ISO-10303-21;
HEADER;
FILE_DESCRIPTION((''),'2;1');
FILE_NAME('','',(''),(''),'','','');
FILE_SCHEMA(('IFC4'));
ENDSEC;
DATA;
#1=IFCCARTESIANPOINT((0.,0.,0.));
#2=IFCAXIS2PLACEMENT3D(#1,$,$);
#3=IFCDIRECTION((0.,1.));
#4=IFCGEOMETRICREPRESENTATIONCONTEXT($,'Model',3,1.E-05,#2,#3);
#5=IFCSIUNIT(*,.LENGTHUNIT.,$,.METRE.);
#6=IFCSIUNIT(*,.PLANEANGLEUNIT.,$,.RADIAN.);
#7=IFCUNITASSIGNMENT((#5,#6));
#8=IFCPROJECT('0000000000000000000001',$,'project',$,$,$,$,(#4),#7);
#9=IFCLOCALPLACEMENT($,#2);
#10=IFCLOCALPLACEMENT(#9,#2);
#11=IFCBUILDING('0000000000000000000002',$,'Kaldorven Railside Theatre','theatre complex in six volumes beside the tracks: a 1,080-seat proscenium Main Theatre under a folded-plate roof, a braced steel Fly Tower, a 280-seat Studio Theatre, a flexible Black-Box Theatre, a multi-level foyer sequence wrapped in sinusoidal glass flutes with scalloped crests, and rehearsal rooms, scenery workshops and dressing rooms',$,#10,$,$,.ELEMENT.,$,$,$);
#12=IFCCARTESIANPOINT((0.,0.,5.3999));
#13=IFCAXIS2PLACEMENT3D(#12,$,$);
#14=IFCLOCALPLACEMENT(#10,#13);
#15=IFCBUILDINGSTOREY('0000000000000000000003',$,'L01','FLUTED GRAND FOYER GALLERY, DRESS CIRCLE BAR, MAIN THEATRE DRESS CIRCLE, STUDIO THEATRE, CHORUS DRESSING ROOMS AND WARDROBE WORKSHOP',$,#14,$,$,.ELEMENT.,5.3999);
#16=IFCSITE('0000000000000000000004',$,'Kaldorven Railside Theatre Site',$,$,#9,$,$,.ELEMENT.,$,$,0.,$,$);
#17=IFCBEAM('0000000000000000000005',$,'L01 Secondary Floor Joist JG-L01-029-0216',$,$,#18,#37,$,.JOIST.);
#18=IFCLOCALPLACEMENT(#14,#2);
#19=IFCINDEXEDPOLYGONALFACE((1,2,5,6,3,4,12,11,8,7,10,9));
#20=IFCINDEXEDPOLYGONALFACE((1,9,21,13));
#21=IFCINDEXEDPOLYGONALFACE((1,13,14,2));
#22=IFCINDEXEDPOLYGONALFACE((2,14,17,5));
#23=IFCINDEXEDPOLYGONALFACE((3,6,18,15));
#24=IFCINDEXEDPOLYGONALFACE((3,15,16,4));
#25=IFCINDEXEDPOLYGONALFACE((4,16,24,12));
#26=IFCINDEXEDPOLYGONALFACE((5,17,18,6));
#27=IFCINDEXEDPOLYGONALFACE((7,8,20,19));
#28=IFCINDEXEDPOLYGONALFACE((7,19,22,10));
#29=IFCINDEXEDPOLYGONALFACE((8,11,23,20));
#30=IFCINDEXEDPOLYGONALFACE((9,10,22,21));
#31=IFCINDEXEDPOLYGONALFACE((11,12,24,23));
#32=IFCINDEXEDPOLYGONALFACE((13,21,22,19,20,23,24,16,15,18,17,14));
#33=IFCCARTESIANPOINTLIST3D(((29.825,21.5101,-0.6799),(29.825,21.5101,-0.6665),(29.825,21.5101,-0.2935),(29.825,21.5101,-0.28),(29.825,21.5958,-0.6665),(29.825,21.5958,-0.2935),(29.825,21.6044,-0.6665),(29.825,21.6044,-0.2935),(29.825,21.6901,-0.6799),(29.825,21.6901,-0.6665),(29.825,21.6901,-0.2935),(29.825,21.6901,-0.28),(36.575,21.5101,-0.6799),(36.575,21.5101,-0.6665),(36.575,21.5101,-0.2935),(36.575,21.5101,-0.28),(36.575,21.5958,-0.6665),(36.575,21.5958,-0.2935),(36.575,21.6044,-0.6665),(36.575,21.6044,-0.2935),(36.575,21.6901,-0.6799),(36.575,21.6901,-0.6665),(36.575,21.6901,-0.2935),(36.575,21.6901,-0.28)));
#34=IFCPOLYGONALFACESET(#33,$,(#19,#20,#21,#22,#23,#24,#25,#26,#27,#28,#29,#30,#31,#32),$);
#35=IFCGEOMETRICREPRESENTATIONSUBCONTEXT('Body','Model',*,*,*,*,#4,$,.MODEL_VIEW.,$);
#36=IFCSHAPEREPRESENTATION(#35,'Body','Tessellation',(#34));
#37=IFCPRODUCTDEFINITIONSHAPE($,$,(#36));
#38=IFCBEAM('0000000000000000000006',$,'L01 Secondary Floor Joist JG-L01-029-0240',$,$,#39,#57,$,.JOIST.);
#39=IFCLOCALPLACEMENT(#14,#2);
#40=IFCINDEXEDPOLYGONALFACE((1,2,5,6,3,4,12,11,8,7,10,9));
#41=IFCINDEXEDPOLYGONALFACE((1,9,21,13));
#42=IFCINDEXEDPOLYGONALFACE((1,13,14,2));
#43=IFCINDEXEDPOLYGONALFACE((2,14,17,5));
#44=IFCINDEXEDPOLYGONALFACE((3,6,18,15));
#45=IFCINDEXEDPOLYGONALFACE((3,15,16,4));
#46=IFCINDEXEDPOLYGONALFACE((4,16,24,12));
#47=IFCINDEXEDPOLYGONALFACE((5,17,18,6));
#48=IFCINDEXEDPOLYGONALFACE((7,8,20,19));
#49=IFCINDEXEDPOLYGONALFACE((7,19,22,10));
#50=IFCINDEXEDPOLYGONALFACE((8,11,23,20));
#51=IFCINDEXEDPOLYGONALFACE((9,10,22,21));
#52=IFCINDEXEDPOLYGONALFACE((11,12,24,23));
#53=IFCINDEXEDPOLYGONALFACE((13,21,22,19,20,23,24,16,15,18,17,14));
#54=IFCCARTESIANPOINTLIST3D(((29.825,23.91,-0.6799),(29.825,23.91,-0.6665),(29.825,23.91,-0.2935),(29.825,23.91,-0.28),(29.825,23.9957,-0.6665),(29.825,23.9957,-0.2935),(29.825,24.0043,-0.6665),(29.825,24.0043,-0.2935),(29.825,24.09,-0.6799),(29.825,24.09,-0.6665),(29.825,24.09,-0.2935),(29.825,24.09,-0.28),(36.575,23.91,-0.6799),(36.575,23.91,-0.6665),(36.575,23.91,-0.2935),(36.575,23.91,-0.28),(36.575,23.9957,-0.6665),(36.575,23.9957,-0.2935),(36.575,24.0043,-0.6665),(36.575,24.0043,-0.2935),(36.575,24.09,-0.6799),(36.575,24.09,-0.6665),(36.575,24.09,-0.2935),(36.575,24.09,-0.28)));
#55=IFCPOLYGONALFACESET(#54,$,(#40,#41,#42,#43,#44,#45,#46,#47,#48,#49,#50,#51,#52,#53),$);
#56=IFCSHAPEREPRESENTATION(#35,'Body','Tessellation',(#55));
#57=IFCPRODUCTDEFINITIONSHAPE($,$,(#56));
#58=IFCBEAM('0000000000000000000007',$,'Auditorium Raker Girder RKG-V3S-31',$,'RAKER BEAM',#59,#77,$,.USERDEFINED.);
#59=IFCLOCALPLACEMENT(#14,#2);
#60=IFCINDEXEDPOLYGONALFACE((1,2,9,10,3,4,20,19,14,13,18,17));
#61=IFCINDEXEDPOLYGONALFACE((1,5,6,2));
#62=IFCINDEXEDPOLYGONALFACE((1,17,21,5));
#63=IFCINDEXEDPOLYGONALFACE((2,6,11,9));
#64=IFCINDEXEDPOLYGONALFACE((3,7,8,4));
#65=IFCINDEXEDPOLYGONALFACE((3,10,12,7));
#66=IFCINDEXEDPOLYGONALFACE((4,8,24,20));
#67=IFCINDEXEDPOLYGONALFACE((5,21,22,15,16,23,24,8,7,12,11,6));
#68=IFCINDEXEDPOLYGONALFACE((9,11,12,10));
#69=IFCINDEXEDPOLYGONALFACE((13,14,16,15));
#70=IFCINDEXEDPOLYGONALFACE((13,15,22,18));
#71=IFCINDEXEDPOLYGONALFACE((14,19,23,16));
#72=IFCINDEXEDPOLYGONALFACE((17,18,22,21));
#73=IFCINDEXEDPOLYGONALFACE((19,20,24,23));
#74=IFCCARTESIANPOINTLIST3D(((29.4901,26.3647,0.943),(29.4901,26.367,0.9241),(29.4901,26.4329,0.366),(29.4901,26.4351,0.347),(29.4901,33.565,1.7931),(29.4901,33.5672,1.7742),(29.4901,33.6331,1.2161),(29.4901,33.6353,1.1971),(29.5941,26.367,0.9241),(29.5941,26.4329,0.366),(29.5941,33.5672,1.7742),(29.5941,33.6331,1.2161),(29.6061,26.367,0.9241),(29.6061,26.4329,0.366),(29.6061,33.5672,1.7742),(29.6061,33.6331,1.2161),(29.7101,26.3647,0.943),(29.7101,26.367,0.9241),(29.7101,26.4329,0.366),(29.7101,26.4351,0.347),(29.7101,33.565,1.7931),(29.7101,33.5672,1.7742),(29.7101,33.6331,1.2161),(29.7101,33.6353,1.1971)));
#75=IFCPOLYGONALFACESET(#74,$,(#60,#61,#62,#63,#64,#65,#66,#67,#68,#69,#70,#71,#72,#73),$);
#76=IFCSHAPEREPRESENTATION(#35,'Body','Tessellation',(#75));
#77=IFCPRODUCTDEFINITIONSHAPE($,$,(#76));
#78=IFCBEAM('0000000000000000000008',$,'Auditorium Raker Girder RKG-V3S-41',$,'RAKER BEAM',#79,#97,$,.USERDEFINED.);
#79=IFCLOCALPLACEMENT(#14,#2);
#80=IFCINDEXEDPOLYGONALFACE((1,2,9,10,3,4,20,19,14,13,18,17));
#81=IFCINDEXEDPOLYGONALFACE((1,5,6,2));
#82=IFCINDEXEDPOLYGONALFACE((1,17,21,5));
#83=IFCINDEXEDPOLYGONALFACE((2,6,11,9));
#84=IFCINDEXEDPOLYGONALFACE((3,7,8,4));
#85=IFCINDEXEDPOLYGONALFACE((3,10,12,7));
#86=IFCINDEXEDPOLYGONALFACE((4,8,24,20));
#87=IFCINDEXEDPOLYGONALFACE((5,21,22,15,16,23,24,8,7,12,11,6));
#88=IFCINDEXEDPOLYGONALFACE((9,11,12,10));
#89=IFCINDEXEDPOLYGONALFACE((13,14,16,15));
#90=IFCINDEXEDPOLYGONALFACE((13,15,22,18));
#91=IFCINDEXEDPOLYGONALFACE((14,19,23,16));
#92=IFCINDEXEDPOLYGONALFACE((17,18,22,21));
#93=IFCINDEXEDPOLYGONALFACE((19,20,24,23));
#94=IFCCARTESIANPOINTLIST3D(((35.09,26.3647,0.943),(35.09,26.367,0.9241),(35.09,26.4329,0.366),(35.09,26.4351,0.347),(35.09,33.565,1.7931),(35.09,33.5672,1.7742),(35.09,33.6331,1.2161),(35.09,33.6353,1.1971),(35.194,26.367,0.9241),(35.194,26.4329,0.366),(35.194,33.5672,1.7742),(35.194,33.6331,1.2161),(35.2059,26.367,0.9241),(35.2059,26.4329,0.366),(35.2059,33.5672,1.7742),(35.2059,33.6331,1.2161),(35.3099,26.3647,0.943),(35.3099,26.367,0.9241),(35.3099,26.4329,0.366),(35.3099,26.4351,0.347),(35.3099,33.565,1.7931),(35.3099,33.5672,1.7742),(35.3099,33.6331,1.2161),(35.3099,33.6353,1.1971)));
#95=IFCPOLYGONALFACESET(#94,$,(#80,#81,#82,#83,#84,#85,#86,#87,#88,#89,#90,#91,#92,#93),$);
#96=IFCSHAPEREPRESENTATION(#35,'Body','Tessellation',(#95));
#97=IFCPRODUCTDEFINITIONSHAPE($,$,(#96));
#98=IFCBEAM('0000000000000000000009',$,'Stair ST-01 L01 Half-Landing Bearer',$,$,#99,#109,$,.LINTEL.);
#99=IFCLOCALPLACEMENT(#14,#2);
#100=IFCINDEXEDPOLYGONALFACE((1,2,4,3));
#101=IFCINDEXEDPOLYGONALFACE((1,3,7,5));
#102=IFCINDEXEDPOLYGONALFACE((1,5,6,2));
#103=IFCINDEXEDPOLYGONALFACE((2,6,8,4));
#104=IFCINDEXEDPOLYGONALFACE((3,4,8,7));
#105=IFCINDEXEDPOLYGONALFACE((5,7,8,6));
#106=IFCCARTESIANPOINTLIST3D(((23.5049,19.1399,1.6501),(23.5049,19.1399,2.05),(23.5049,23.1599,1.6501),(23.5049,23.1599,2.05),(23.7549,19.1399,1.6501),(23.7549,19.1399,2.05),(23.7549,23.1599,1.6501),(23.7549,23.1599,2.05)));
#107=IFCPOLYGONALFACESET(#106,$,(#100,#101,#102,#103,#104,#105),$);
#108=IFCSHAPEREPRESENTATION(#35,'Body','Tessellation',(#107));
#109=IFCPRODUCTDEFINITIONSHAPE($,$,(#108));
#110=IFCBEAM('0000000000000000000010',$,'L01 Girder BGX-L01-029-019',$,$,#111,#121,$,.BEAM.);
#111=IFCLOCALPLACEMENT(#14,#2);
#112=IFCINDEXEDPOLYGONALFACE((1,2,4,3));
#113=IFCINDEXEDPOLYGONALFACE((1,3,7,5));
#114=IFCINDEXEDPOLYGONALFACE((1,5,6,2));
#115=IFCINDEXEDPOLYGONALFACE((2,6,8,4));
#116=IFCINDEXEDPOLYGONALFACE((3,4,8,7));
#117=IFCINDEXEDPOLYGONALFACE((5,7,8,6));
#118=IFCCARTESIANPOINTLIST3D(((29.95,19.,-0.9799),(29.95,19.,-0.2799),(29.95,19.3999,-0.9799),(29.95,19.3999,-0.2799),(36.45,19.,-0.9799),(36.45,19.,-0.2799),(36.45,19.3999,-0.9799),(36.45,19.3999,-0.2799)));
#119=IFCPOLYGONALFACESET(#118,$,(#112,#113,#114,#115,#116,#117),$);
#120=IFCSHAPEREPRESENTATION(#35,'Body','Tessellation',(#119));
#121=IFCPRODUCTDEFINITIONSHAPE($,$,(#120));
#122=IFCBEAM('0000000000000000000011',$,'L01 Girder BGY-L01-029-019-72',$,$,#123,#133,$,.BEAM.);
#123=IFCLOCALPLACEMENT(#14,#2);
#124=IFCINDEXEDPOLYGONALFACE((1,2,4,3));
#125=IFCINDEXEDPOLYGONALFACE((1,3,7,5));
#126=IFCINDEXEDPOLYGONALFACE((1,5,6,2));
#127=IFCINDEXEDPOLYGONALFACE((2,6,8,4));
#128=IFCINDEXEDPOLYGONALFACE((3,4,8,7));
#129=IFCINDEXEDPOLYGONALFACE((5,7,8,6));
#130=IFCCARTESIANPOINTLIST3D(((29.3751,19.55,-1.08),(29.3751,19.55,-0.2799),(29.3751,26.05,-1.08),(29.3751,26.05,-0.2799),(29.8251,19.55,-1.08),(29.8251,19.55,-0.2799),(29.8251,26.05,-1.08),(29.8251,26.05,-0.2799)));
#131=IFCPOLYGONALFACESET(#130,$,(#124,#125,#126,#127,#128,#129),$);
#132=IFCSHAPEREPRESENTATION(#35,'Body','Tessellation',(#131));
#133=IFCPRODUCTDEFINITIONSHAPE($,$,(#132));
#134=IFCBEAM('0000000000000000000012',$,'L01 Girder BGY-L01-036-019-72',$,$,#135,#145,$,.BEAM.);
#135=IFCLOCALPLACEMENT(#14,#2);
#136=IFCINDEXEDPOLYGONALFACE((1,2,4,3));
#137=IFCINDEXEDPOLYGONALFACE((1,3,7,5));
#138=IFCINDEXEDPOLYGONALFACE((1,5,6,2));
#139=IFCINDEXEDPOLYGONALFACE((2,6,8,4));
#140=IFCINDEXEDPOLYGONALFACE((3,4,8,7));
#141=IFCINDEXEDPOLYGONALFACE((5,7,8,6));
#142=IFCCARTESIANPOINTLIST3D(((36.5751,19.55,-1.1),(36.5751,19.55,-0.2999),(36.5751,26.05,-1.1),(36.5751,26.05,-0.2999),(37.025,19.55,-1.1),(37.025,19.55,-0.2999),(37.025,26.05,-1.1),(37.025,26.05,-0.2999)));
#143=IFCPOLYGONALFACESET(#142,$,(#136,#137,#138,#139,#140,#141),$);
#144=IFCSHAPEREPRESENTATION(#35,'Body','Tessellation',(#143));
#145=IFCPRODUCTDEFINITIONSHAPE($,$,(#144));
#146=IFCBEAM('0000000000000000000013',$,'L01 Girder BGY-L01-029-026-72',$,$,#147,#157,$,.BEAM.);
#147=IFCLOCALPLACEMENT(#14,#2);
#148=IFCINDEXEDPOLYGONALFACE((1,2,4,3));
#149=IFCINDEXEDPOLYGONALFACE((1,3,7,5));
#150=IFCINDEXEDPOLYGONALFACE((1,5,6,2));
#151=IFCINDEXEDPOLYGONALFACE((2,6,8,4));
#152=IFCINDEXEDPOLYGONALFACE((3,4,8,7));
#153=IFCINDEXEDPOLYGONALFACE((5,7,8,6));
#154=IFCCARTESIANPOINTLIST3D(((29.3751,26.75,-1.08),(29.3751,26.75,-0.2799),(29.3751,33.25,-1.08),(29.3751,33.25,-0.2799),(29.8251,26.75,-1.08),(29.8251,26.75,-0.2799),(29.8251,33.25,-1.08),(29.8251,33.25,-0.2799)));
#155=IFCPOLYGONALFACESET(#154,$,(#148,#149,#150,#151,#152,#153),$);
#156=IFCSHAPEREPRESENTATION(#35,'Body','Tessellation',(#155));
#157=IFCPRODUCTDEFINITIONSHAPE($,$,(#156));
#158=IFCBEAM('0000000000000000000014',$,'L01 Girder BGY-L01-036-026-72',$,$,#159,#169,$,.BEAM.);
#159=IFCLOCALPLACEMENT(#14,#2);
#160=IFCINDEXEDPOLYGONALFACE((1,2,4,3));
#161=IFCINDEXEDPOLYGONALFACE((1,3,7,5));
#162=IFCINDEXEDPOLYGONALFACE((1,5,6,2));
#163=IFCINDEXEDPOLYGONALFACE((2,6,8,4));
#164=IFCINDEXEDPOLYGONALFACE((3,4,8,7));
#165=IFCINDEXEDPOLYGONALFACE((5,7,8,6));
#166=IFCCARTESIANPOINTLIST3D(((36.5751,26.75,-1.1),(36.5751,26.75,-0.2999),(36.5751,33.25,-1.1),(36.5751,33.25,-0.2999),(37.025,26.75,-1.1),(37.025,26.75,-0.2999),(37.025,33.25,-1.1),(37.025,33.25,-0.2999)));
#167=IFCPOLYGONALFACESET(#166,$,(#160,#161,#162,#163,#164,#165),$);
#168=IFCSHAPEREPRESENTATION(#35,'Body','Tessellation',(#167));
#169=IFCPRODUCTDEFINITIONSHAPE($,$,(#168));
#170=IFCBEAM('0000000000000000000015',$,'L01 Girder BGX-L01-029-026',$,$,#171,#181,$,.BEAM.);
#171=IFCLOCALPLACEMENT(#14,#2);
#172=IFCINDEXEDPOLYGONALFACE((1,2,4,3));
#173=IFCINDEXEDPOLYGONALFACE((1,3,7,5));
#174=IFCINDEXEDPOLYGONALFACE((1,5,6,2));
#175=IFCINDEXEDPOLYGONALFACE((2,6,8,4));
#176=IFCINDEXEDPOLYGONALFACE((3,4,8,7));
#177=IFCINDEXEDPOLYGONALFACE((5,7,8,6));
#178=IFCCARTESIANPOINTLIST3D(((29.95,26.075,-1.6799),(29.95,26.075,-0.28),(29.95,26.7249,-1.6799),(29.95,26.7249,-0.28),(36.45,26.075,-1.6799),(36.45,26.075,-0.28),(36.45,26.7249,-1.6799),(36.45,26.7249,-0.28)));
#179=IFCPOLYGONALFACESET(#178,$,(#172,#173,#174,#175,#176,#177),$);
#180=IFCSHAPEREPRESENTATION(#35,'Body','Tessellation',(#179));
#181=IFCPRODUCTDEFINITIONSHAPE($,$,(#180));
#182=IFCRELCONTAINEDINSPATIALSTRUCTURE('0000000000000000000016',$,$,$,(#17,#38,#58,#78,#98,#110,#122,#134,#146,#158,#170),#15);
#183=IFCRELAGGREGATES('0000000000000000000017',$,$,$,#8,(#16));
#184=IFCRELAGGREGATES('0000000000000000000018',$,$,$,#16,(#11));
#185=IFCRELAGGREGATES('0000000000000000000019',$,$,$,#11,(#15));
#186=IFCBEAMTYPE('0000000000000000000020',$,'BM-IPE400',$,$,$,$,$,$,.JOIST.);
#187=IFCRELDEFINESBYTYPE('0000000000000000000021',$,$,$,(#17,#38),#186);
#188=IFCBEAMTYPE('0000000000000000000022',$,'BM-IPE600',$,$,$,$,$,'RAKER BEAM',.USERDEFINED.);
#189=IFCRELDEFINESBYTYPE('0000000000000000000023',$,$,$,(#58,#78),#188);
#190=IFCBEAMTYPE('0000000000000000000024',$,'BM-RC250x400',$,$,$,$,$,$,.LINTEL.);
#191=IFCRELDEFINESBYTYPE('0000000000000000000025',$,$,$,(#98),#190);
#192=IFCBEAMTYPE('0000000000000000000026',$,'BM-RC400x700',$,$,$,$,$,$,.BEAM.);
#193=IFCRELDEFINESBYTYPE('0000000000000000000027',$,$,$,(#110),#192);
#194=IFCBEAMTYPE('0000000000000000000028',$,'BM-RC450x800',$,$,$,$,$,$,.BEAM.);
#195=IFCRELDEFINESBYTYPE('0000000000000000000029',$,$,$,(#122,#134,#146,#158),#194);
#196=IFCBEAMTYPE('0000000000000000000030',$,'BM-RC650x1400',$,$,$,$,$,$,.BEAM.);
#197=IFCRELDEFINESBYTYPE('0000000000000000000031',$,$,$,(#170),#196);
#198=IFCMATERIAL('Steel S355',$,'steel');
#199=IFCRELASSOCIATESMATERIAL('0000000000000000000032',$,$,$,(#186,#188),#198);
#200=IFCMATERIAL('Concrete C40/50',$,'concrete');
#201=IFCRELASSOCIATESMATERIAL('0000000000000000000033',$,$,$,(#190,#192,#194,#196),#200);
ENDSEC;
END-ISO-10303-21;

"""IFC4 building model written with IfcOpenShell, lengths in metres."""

from ifc_helpers import new_model, si_unit, direction, frame, origin, origin_2d, place, context, subcontext, project, spatial, rectangle, i_section, extrude, material, material_profile, profile_set, type_object, element, save


model = new_model("IFC4")

# Units and contexts
model_context = context("Model", 3, precision=1e-05, world=origin(), true_north=direction((0.0, 1.0)))
body_context = subcontext(model_context, "Body", "Model", "MODEL_VIEW")
ifc_project = project(units=[si_unit("LENGTHUNIT", "METRE"), si_unit("PLANEANGLEUNIT", "RADIAN")], contexts=[model_context])

# Site, building, storey
site_placement = place(None, origin())
site = spatial("IfcSite", under=ifc_project, at=site_placement, Name="Kaldorven Railside Theatre Site", CompositionType="ELEMENT", RefElevation=0.0)
building_placement = place(site_placement, origin())
building = spatial("IfcBuilding", under=site, at=building_placement, Name="Kaldorven Railside Theatre", Description="theatre complex in six volumes beside the tracks: a 1,080-seat proscenium Main Theatre under a folded-plate roof, a braced steel Fly Tower, a 280-seat Studio Theatre, a flexible Black-Box Theatre, a multi-level foyer sequence wrapped in sinusoidal glass flutes with scalloped crests, and rehearsal rooms, scenery workshops and dressing rooms", CompositionType="ELEMENT")
storey_placement = place(building_placement, frame((0.0, 0.0, 5.3999)))
storey = spatial("IfcBuildingStorey", under=building, at=storey_placement, Name="L01", Description="FLUTED GRAND FOYER GALLERY, DRESS CIRCLE BAR, MAIN THEATRE DRESS CIRCLE, STUDIO THEATRE, CHORUS DRESSING ROOMS AND WARDROBE WORKSHOP", CompositionType="ELEMENT", Elevation=5.3999)

# Shared definitions
ifc_material_1 = material(Name="Steel S355", Category="steel")
ifc_material_2 = material(Name="Concrete C40/50", Category="concrete")

# Beams
ifc_material_profile_1 = material_profile(ifc_material_1, i_section(OverallWidth=0.1799, OverallDepth=0.3999, WebThickness=0.0085, FlangeThickness=0.0134, at=origin_2d()), Name="IPE 400")
ifc_profile_set_1 = profile_set([ifc_material_profile_1], Name="Steel S355")
beam_type_1 = type_object("IfcBeamType", Name="BM-IPE400", PredefinedType="JOIST", material=ifc_profile_set_1)
for number, where, z_axis, x_axis, name in (
    (1, (29.825, 21.6001, -0.48), (1.0, 0.0, 0.0), (0.0, 1.0, 0.0), "L01 Secondary Floor Joist JG-L01-029-0216"),
    (2, (29.825, 24.0, -0.48), (1.0, 0.0, 0.0), (0.0, 1.0, 0.0), "L01 Secondary Floor Joist JG-L01-029-0240"),
):
    element("IfcBeam", number, at=place(storey_placement, frame(where, z_axis=z_axis, x_axis=x_axis)), inside=storey, type_object=beam_type_1, Name=name, PredefinedType="JOIST", context=body_context, shape_type="SweptSolid", body=[
        extrude(i_section(OverallWidth=0.1799, OverallDepth=0.3999, WebThickness=0.0085, FlangeThickness=0.0134, at=origin_2d()), origin(), (0.0, 0.0, 1.0), 6.75),
    ])
ifc_material_profile_2 = material_profile(ifc_material_1, i_section(OverallWidth=0.22, OverallDepth=0.6001, WebThickness=0.012, FlangeThickness=0.019, at=origin_2d()), Name="IPE 600")
ifc_profile_set_2 = profile_set([ifc_material_profile_2], Name="Steel S355")
beam_type_2 = type_object("IfcBeamType", Name="BM-IPE600", ElementType="RAKER BEAM", PredefinedType="USERDEFINED", material=ifc_profile_set_2)
for number, where, z_axis, x_axis, name in (
    (3, (29.6001, 26.3999, 0.645), (0.0, 0.993102, 0.117252), (-1.0, 0.0, 0.0), "Auditorium Raker Girder RKG-V3S-31"),
    (4, (35.2, 26.3999, 0.645), (0.0, 0.993102, 0.117252), (-1.0, 0.0, 0.0), "Auditorium Raker Girder RKG-V3S-41"),
):
    element("IfcBeam", number, at=place(storey_placement, frame(where, z_axis=z_axis, x_axis=x_axis)), inside=storey, type_object=beam_type_2, Name=name, ObjectType="RAKER BEAM", PredefinedType="USERDEFINED", context=body_context, shape_type="SweptSolid", body=[
        extrude(i_section(OverallWidth=0.22, OverallDepth=0.6001, WebThickness=0.012, FlangeThickness=0.019, at=origin_2d()), origin(), (0.0, 0.0, 1.0), 7.2502),
    ])
ifc_material_profile_3 = material_profile(ifc_material_2, rectangle(XDim=0.25, YDim=0.3999, at=origin_2d()), Name="RC 250x400")
ifc_profile_set_3 = profile_set([ifc_material_profile_3], Name="Concrete C40/50")
beam_type_3 = type_object("IfcBeamType", Name="BM-RC250x400", PredefinedType="LINTEL", material=ifc_profile_set_3)
beam_1_placement = place(storey_placement, frame((23.6299, 19.1399, 1.8501), z_axis=(0.0, 1.0, 0.0), x_axis=(-1.0, 0.0, 0.0)))
element("IfcBeam", 5, at=beam_1_placement, inside=storey, type_object=beam_type_3, Name="Stair ST-01 L01 Half-Landing Bearer", PredefinedType="LINTEL", context=body_context, shape_type="SweptSolid", body=[
    extrude(rectangle(XDim=0.25, YDim=0.3999, at=origin_2d()), origin(), (0.0, 0.0, 1.0), 4.02),
])
ifc_material_profile_4 = material_profile(ifc_material_2, rectangle(XDim=0.3999, YDim=0.7, at=origin_2d()), Name="RC 400x700")
ifc_profile_set_4 = profile_set([ifc_material_profile_4], Name="Concrete C40/50")
beam_type_4 = type_object("IfcBeamType", Name="BM-RC400x700", PredefinedType="BEAM", material=ifc_profile_set_4)
beam_2_placement = place(storey_placement, frame((29.95, 19.2, -0.6299), z_axis=(1.0, 0.0, 0.0), x_axis=(0.0, 1.0, 0.0)))
element("IfcBeam", 6, at=beam_2_placement, inside=storey, type_object=beam_type_4, Name="L01 Girder BGX-L01-029-019", PredefinedType="BEAM", context=body_context, shape_type="SweptSolid", body=[
    extrude(rectangle(XDim=0.3999, YDim=0.7, at=origin_2d()), origin(), (0.0, 0.0, 1.0), 6.5),
])
ifc_material_profile_5 = material_profile(ifc_material_2, rectangle(XDim=0.45, YDim=0.8, at=origin_2d()), Name="RC 450x800")
ifc_profile_set_5 = profile_set([ifc_material_profile_5], Name="Concrete C40/50")
beam_type_5 = type_object("IfcBeamType", Name="BM-RC450x800", PredefinedType="BEAM", material=ifc_profile_set_5)
for number, where, z_axis, x_axis, name in (
    (7, (29.6001, 19.55, -0.6799), (0.0, 1.0, 0.0), (-1.0, 0.0, 0.0), "L01 Girder BGY-L01-029-019-72"),
    (8, (36.8, 19.55, -0.7), (0.0, 1.0, 0.0), (-1.0, 0.0, 0.0), "L01 Girder BGY-L01-036-019-72"),
    (9, (29.6001, 26.75, -0.6799), (0.0, 1.0, 0.0), (-1.0, 0.0, 0.0), "L01 Girder BGY-L01-029-026-72"),
    (10, (36.8, 26.75, -0.7), (0.0, 1.0, 0.0), (-1.0, 0.0, 0.0), "L01 Girder BGY-L01-036-026-72"),
):
    element("IfcBeam", number, at=place(storey_placement, frame(where, z_axis=z_axis, x_axis=x_axis)), inside=storey, type_object=beam_type_5, Name=name, PredefinedType="BEAM", context=body_context, shape_type="SweptSolid", body=[
        extrude(rectangle(XDim=0.45, YDim=0.8, at=origin_2d()), origin(), (0.0, 0.0, 1.0), 6.5),
    ])
ifc_material_profile_6 = material_profile(ifc_material_2, rectangle(XDim=0.6499, YDim=1.3999, at=origin_2d()), Name="RC 650x1400")
ifc_profile_set_6 = profile_set([ifc_material_profile_6], Name="Concrete C40/50")
beam_type_6 = type_object("IfcBeamType", Name="BM-RC650x1400", PredefinedType="BEAM", material=ifc_profile_set_6)
beam_3_placement = place(storey_placement, frame((29.95, 26.3999, -0.98), z_axis=(1.0, 0.0, 0.0), x_axis=(0.0, 1.0, 0.0)))
element("IfcBeam", 11, at=beam_3_placement, inside=storey, type_object=beam_type_6, Name="L01 Girder BGX-L01-029-026", PredefinedType="BEAM", context=body_context, shape_type="SweptSolid", body=[
    extrude(rectangle(XDim=0.6499, YDim=1.3999, at=origin_2d()), origin(), (0.0, 0.0, 1.0), 6.5),
])

save(model, "model.ifc")
